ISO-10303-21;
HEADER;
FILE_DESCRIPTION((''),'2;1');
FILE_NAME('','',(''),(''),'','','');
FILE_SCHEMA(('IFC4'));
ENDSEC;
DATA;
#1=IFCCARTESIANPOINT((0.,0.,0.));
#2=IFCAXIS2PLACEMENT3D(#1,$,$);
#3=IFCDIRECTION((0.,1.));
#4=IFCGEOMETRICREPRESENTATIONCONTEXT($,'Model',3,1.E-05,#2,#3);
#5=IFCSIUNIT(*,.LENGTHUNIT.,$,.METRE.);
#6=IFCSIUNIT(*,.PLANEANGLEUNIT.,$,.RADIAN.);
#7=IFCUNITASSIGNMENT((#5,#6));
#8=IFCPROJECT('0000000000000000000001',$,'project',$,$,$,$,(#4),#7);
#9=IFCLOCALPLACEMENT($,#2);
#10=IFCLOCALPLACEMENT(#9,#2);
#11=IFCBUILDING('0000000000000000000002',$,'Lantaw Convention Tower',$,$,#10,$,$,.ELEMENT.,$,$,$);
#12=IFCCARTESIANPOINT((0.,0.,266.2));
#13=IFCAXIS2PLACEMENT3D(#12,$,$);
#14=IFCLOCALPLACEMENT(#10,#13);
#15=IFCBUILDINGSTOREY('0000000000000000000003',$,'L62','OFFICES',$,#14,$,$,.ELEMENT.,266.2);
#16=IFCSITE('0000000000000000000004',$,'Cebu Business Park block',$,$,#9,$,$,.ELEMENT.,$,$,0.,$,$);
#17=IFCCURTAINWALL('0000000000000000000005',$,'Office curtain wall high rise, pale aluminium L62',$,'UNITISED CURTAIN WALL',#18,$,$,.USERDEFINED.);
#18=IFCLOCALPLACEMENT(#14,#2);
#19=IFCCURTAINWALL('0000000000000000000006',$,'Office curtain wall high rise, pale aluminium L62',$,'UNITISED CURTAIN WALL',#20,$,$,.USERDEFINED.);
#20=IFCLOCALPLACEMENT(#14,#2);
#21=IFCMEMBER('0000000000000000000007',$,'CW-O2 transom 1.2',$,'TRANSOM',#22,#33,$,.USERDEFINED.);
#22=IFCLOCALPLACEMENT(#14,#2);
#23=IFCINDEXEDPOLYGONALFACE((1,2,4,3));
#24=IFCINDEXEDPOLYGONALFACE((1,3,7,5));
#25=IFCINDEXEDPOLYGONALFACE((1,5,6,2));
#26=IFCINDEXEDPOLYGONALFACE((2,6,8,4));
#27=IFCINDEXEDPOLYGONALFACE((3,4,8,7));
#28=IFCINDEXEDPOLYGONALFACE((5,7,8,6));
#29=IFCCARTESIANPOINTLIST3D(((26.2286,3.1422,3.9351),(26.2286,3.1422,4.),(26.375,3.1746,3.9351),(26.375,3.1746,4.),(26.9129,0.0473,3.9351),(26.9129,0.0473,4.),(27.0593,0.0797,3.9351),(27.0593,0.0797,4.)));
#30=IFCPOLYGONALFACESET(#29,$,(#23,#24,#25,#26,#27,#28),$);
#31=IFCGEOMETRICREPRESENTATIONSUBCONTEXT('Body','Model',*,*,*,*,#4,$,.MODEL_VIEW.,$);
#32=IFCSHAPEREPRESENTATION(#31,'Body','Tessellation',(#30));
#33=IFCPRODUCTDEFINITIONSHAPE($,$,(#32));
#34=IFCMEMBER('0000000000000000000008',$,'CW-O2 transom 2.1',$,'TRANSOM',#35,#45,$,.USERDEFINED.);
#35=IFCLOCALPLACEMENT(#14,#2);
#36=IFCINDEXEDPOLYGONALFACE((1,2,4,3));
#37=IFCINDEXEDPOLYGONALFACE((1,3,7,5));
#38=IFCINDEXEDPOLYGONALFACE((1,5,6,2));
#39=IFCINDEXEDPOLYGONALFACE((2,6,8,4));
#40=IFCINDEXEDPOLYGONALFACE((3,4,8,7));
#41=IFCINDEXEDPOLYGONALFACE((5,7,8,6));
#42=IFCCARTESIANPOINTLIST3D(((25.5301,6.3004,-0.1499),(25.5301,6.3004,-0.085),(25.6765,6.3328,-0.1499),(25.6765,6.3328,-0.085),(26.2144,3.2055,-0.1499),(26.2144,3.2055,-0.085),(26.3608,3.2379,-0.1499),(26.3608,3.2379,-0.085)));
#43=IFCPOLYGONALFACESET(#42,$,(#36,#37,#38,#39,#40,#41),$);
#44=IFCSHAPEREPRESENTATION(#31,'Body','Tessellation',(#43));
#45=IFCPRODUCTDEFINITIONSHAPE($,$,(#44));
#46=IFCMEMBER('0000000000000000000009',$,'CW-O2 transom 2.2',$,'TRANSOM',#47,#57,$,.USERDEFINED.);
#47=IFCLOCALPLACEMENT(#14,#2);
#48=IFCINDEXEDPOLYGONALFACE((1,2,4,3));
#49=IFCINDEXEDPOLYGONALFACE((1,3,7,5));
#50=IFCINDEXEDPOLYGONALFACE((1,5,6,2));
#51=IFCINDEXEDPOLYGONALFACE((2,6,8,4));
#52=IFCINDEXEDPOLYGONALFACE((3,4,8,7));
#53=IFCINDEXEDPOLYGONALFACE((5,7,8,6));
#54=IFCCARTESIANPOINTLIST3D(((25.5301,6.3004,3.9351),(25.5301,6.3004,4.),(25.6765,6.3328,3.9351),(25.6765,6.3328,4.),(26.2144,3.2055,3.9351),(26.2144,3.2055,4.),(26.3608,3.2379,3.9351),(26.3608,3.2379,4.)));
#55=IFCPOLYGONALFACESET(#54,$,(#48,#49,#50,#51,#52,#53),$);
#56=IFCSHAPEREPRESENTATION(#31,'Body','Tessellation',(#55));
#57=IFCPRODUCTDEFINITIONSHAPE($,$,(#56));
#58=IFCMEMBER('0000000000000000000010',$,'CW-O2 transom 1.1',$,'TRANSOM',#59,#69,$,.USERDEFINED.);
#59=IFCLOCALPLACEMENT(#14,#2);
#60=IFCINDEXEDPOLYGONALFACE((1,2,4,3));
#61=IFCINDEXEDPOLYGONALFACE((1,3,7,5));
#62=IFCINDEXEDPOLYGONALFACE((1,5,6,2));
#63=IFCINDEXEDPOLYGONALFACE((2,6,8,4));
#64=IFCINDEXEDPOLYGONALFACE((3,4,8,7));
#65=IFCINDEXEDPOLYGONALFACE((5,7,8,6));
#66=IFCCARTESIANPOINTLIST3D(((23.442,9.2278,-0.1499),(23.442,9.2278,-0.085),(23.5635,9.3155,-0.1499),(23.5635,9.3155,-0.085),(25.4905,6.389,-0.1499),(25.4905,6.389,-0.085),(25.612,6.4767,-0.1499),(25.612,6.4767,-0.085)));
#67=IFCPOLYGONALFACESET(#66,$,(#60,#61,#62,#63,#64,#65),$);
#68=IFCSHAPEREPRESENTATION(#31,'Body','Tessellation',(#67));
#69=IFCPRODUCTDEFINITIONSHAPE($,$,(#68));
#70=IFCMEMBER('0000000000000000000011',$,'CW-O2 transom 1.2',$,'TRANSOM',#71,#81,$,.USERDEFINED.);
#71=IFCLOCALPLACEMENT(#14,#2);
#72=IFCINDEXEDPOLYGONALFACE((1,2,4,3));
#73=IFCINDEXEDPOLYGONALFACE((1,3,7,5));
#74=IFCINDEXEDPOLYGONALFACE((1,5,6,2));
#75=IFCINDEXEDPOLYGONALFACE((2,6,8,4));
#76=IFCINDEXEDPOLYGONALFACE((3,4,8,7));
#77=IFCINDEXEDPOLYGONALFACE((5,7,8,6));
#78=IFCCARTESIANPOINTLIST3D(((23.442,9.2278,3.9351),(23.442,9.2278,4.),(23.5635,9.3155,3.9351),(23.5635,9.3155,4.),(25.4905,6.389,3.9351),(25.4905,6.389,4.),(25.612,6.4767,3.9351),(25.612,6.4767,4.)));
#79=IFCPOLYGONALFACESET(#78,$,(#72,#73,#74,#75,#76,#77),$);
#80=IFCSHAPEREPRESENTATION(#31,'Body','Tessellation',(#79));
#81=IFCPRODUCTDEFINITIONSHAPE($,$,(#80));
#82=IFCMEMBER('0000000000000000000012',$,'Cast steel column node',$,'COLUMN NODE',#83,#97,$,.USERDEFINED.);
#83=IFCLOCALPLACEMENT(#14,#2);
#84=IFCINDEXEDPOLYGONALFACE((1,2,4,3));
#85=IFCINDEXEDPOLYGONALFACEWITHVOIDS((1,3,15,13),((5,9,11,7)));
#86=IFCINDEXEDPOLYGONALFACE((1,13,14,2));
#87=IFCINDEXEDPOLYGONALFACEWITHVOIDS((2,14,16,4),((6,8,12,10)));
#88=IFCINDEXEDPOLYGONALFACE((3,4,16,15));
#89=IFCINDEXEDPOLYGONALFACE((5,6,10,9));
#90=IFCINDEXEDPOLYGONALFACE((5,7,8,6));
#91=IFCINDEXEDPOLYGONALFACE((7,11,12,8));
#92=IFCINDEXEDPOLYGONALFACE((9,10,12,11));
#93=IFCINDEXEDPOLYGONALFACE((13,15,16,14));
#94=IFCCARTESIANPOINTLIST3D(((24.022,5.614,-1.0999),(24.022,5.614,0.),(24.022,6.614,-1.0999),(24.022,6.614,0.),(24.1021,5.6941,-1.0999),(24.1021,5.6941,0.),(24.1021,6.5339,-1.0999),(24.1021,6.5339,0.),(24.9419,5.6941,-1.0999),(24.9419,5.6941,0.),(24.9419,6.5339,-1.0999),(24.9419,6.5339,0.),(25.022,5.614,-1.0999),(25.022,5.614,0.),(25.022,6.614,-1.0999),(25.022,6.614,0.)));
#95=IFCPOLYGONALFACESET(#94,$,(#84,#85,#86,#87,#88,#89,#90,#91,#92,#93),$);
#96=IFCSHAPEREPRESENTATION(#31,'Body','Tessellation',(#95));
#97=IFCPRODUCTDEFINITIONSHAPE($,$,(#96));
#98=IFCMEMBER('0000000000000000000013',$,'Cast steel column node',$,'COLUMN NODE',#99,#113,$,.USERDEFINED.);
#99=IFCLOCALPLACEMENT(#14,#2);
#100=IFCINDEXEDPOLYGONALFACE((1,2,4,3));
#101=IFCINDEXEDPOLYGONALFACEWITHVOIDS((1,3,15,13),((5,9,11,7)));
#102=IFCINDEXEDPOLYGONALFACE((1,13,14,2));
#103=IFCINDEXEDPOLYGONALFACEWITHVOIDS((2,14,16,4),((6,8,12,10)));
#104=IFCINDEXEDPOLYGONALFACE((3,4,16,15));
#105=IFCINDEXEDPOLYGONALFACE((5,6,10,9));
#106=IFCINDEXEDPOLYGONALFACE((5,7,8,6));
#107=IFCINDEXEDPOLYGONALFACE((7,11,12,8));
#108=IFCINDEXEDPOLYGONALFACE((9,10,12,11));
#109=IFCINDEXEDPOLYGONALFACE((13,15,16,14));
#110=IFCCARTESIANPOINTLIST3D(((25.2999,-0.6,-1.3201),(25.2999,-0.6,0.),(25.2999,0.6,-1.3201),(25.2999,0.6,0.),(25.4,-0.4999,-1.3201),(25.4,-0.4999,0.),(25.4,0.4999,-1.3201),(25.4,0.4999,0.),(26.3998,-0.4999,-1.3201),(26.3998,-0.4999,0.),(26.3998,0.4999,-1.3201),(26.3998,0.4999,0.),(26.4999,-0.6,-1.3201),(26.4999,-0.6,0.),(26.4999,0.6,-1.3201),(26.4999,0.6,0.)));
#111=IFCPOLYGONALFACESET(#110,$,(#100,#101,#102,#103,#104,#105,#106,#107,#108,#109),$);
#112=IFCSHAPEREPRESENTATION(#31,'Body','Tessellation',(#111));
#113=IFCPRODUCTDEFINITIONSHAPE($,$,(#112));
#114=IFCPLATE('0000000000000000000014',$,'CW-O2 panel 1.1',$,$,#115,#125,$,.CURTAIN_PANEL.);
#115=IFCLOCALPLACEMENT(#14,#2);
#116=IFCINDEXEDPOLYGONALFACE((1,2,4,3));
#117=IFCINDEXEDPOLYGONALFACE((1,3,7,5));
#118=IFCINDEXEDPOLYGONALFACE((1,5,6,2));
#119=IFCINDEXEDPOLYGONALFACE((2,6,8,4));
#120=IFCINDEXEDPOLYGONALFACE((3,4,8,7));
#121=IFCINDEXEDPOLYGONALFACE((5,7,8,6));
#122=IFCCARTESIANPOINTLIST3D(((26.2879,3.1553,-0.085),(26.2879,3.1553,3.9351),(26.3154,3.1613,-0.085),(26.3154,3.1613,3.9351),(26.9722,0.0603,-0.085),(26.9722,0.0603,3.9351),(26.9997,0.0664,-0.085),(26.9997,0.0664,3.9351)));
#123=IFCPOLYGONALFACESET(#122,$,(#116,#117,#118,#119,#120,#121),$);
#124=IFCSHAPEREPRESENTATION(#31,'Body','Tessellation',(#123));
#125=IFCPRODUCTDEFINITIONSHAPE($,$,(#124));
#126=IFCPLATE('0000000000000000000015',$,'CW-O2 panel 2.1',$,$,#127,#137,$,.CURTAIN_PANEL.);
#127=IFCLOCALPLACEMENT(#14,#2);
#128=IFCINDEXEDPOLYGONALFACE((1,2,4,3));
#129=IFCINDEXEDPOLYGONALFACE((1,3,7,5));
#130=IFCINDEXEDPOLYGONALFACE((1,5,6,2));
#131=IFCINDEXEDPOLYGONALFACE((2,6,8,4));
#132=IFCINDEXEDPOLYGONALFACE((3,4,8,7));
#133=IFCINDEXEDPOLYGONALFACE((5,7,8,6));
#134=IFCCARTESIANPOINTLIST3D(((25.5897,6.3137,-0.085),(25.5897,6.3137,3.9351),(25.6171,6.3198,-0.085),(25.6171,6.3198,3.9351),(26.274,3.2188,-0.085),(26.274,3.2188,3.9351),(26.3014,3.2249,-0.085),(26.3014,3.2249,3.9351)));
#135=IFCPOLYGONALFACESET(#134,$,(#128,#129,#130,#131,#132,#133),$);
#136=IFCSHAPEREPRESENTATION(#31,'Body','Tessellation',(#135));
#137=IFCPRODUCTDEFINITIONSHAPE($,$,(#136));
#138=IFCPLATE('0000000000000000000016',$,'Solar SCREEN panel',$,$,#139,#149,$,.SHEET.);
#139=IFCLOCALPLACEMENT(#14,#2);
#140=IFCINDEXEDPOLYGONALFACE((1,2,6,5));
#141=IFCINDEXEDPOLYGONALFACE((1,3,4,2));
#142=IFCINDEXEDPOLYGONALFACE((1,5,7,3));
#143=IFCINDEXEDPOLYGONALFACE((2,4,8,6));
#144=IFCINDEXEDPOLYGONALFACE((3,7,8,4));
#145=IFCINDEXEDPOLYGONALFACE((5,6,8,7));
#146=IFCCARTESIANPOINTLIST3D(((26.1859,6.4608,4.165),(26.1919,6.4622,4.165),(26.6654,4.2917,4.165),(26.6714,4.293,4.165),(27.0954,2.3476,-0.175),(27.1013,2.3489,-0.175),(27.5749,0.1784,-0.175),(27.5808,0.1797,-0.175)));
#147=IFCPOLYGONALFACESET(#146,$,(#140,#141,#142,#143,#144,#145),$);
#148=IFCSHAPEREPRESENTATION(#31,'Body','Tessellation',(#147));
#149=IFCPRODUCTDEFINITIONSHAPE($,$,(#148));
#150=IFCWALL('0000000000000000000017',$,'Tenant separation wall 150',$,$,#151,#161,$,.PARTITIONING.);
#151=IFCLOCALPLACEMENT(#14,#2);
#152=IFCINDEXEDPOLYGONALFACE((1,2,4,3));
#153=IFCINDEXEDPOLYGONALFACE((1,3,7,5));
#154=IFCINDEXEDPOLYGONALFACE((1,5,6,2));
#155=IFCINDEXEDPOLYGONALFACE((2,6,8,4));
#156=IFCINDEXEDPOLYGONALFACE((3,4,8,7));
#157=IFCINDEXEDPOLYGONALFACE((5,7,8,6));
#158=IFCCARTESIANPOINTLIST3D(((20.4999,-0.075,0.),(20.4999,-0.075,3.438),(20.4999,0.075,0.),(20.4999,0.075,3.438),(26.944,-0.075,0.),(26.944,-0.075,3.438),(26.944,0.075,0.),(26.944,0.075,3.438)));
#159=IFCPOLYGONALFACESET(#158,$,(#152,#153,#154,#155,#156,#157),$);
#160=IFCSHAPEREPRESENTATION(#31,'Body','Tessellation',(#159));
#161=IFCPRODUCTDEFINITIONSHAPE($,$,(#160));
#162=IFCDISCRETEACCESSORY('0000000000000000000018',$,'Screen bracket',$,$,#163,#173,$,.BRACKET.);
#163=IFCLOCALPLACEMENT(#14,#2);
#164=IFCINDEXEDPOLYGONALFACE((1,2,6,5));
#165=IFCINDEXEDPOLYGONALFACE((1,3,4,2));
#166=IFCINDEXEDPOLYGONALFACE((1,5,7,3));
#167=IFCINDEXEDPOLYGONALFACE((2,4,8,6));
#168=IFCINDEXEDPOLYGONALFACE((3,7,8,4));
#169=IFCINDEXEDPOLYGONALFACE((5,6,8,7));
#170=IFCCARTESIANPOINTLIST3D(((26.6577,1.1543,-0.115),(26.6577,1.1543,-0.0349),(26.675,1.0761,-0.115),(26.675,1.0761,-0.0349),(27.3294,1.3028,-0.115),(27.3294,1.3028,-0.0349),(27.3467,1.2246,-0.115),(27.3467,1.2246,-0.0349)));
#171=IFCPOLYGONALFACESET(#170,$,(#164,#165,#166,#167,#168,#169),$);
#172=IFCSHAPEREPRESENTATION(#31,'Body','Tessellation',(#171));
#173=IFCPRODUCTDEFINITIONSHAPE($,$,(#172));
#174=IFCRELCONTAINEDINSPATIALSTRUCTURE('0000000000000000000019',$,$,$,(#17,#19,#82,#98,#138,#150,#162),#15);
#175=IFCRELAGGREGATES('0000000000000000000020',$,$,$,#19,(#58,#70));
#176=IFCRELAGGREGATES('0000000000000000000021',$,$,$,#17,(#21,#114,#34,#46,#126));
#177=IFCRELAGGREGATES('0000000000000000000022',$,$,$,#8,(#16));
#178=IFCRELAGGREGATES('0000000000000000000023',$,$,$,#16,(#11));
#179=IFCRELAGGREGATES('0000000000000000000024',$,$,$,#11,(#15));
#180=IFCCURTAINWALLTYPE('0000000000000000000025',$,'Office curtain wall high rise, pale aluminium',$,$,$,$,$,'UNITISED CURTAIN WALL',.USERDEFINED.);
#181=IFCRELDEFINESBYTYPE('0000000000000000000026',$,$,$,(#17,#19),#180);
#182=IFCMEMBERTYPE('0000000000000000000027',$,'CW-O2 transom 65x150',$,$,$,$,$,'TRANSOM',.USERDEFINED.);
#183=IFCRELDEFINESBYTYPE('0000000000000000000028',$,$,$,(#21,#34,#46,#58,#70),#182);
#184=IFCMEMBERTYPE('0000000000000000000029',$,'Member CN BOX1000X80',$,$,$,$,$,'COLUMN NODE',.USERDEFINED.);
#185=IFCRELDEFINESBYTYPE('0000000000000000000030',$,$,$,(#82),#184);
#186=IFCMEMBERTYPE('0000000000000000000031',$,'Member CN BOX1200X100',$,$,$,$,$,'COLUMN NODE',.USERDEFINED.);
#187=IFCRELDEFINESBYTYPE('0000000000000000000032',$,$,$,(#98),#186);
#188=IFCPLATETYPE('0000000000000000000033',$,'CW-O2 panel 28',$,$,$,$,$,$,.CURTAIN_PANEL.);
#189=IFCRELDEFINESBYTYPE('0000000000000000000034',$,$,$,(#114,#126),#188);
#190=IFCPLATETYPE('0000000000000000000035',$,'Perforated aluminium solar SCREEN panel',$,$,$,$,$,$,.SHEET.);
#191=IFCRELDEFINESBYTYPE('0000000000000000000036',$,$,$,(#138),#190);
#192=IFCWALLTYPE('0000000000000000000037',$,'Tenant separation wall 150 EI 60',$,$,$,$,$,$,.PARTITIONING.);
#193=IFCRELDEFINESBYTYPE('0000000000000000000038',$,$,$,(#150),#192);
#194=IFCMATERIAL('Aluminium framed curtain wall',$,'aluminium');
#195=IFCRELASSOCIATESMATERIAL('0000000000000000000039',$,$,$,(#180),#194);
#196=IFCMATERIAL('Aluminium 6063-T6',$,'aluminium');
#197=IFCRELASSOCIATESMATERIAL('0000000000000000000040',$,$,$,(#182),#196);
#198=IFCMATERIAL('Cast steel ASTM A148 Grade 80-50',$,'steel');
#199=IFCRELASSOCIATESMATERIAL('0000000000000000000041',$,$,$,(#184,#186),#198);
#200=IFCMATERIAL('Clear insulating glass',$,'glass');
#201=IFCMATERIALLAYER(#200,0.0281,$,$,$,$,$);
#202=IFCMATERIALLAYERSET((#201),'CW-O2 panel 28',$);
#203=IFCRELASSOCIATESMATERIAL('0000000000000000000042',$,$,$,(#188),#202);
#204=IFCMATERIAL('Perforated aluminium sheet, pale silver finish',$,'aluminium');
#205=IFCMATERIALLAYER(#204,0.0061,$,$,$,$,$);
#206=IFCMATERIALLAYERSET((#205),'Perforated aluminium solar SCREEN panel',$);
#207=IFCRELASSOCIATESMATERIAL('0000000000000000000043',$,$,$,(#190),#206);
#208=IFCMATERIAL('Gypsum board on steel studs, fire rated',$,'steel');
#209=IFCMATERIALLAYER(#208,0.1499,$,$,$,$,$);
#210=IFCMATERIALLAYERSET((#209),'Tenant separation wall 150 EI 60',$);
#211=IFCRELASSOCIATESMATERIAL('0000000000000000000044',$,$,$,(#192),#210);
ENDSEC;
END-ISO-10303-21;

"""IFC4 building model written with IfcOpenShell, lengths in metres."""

from ifc_helpers import new_model, si_unit, direction, frame, frame_2d, origin, origin_2d, place, context, subcontext, project, spatial, polyline, rectangle, hollow_rectangle, outline, extrude, material, layer, layer_set, material_profile, profile_set, type_object, element, aggregate, save


model = new_model("IFC4")

# Units and contexts
model_context = context("Model", 3, precision=1e-05, world=origin(), true_north=direction((0.0, 1.0)))
body_context = subcontext(model_context, "Body", "Model", "MODEL_VIEW")
ifc_project = project(units=[si_unit("LENGTHUNIT", "METRE"), si_unit("PLANEANGLEUNIT", "RADIAN")], contexts=[model_context])

# Site, building, storey
site_placement = place(None, origin())
site = spatial("IfcSite", under=ifc_project, at=site_placement, Name="Cebu Business Park block", CompositionType="ELEMENT", RefElevation=0.0)
building_placement = place(site_placement, origin())
building = spatial("IfcBuilding", under=site, at=building_placement, Name="Lantaw Convention Tower", CompositionType="ELEMENT")
storey_placement = place(building_placement, frame((0.0, 0.0, 266.2)))
storey = spatial("IfcBuildingStorey", under=building, at=storey_placement, Name="L62", Description="OFFICES", CompositionType="ELEMENT", Elevation=266.2)

# Curtain wall
ifc_material_1 = material(Name="Aluminium framed curtain wall", Category="aluminium")
curtain_wall_type = type_object("IfcCurtainWallType", Name="Office curtain wall high rise, pale aluminium", ElementType="UNITISED CURTAIN WALL", PredefinedType="USERDEFINED", material=ifc_material_1)
curtain_wall_1_placement = place(storey_placement, origin())
curtain_wall_1 = element("IfcCurtainWall", 1, at=curtain_wall_1_placement, inside=storey, type_object=curtain_wall_type, Name="Office curtain wall high rise, pale aluminium L62", ObjectType="UNITISED CURTAIN WALL", PredefinedType="USERDEFINED")
ifc_material_2 = material(Name="Aluminium 6063-T6", Category="aluminium")

# Curtain wall
curtain_wall_2_placement = place(storey_placement, origin())
curtain_wall_2 = element("IfcCurtainWall", 2, at=curtain_wall_2_placement, inside=storey, type_object=curtain_wall_type, Name="Office curtain wall high rise, pale aluminium L62", ObjectType="UNITISED CURTAIN WALL", PredefinedType="USERDEFINED")

# Members
ifc_material_profile_1 = material_profile(ifc_material_2, rectangle(XDim=0.1499, YDim=0.0649, at=origin_2d()), Name="CW-O2 transom 65x150")
ifc_profile_set_1 = profile_set([ifc_material_profile_1], Name="Aluminium 6063-T6")
member_type_1 = type_object("IfcMemberType", Name="CW-O2 transom 65x150", ElementType="TRANSOM", PredefinedType="USERDEFINED", material=ifc_profile_set_1)
member_1_placement = place(storey_placement, frame((26.9861, 0.0635, 3.9675), z_axis=(-0.215895, 0.976417, 0.0), x_axis=(-0.976417, -0.215895, 0.0)))
member_1 = element("IfcMember", 3, at=member_1_placement, type_object=member_type_1, Name="CW-O2 transom 1.2", ObjectType="TRANSOM", PredefinedType="USERDEFINED", context=body_context, shape_type="SweptSolid", body=[
    extrude(rectangle(XDim=0.1499, YDim=0.0649, at=origin_2d()), origin(), (0.0, 0.0, 1.0), 3.1697),
])
member_2_placement = place(storey_placement, frame((26.2876, 3.2217, -0.1174), z_axis=(-0.215895, 0.976417, 0.0), x_axis=(-0.976417, -0.215895, 0.0)))
member_2 = element("IfcMember", 4, at=member_2_placement, type_object=member_type_1, Name="CW-O2 transom 2.1", ObjectType="TRANSOM", PredefinedType="USERDEFINED", context=body_context, shape_type="SweptSolid", body=[
    extrude(rectangle(XDim=0.1499, YDim=0.0649, at=origin_2d()), origin(), (0.0, 0.0, 1.0), 3.1697),
])
member_3_placement = place(storey_placement, frame((26.2876, 3.2217, 3.9675), z_axis=(-0.215895, 0.976417, 0.0), x_axis=(-0.976417, -0.215895, 0.0)))
member_3 = element("IfcMember", 5, at=member_3_placement, type_object=member_type_1, Name="CW-O2 transom 2.2", ObjectType="TRANSOM", PredefinedType="USERDEFINED", context=body_context, shape_type="SweptSolid", body=[
    extrude(rectangle(XDim=0.1499, YDim=0.0649, at=origin_2d()), origin(), (0.0, 0.0, 1.0), 3.1697),
])
member_4_placement = place(storey_placement, frame((25.5513, 6.4329, -0.1174), z_axis=(-0.58517, 0.810911, 0.0), x_axis=(-0.810911, -0.58517, 0.0)))
member_4 = element("IfcMember", 6, at=member_4_placement, type_object=member_type_1, Name="CW-O2 transom 1.1", ObjectType="TRANSOM", PredefinedType="USERDEFINED", context=body_context, shape_type="SweptSolid", body=[
    extrude(rectangle(XDim=0.1499, YDim=0.0649, at=origin_2d()), origin(), (0.0, 0.0, 1.0), 3.5007),
])
member_5_placement = place(storey_placement, frame((25.5513, 6.4329, 3.9675), z_axis=(-0.58517, 0.810911, 0.0), x_axis=(-0.810911, -0.58517, 0.0)))
member_5 = element("IfcMember", 7, at=member_5_placement, type_object=member_type_1, Name="CW-O2 transom 1.2", ObjectType="TRANSOM", PredefinedType="USERDEFINED", context=body_context, shape_type="SweptSolid", body=[
    extrude(rectangle(XDim=0.1499, YDim=0.0649, at=origin_2d()), origin(), (0.0, 0.0, 1.0), 3.5007),
])
aggregate(curtain_wall_2, [member_4, member_5])

# Members
ifc_material_3 = material(Name="Cast steel ASTM A148 Grade 80-50", Category="steel")
ifc_material_profile_2 = material_profile(ifc_material_3, hollow_rectangle(XDim=1.0, YDim=1.0, WallThickness=0.0801, at=origin_2d()), Name="BOX1000X80")
ifc_profile_set_2 = profile_set([ifc_material_profile_2], Name="Cast steel ASTM A148 Grade 80-50")
member_type_2 = type_object("IfcMemberType", Name="Member CN BOX1000X80", ElementType="COLUMN NODE", PredefinedType="USERDEFINED", material=ifc_profile_set_2)
member_6_placement = place(storey_placement, frame((24.522, 6.114, -1.0999), z_axis=(0.0, 0.0, 1.0), x_axis=(1.0, 0.0, 0.0)))
element("IfcMember", 8, at=member_6_placement, inside=storey, type_object=member_type_2, Name="Cast steel column node", ObjectType="COLUMN NODE", PredefinedType="USERDEFINED", context=body_context, shape_type="SweptSolid", body=[
    extrude(hollow_rectangle(XDim=1.0, YDim=1.0, WallThickness=0.0801, at=origin_2d()), origin(), (0.0, 0.0, 1.0), 1.0999),
])
ifc_material_profile_3 = material_profile(ifc_material_3, hollow_rectangle(XDim=1.2, YDim=1.2, WallThickness=0.1001, at=origin_2d()), Name="BOX1200X100")
ifc_profile_set_3 = profile_set([ifc_material_profile_3], Name="Cast steel ASTM A148 Grade 80-50")
member_type_3 = type_object("IfcMemberType", Name="Member CN BOX1200X100", ElementType="COLUMN NODE", PredefinedType="USERDEFINED", material=ifc_profile_set_3)
member_7_placement = place(storey_placement, frame((25.8999, 0.0, -1.3201), z_axis=(0.0, 0.0, 1.0), x_axis=(1.0, 0.0, 0.0)))
element("IfcMember", 9, at=member_7_placement, inside=storey, type_object=member_type_3, Name="Cast steel column node", ObjectType="COLUMN NODE", PredefinedType="USERDEFINED", context=body_context, shape_type="SweptSolid", body=[
    extrude(hollow_rectangle(XDim=1.2, YDim=1.2, WallThickness=0.1001, at=origin_2d()), origin(), (0.0, 0.0, 1.0), 1.3201),
])

# Plates
ifc_material_4 = material(Name="Clear insulating glass", Category="glass")
ifc_layer_1 = layer(ifc_material_4, 0.0281)
ifc_layer_set_1 = layer_set([ifc_layer_1], Name="CW-O2 panel 28")
plate_type_1 = type_object("IfcPlateType", Name="CW-O2 panel 28", PredefinedType="CURTAIN_PANEL", material=ifc_layer_set_1)
plate_1_placement = place(storey_placement, frame((26.6438, 1.6108, -0.085), z_axis=(0.0, 0.0, 1.0), x_axis=(-0.215891, 0.976417, 0.0)))
plate_1 = element("IfcPlate", 10, at=plate_1_placement, type_object=plate_type_1, Name="CW-O2 panel 1.1", PredefinedType="CURTAIN_PANEL", context=body_context, shape_type="SweptSolid", body=[
    extrude(rectangle(XDim=3.1697, YDim=0.0281, at=origin_2d()), origin(), (0.0, 0.0, 1.0), 4.02),
])
plate_2_placement = place(storey_placement, frame((25.9456, 4.7693, -0.085), z_axis=(0.0, 0.0, 1.0), x_axis=(-0.215891, 0.976417, 0.0)))
plate_2 = element("IfcPlate", 11, at=plate_2_placement, type_object=plate_type_1, Name="CW-O2 panel 2.1", PredefinedType="CURTAIN_PANEL", context=body_context, shape_type="SweptSolid", body=[
    extrude(rectangle(XDim=3.1697, YDim=0.0281, at=origin_2d()), origin(), (0.0, 0.0, 1.0), 4.02),
])
aggregate(curtain_wall_1, [member_1, plate_1, member_2, member_3, plate_2])
ifc_material_5 = material(Name="Perforated aluminium sheet, pale silver finish", Category="aluminium")
ifc_layer_2 = layer(ifc_material_5, 0.0061)
ifc_layer_set_2 = layer_set([ifc_layer_2], Name="Perforated aluminium solar SCREEN panel")
plate_type_2 = type_object("IfcPlateType", Name="Perforated aluminium solar SCREEN panel", PredefinedType="SHEET", material=ifc_layer_set_2)
plate_3_placement = place(storey_placement, frame((27.5808, 0.1797, -0.175), z_axis=(0.97643, 0.215837, 0.000044), x_axis=(-0.215837, 0.97643, 0.0)))
element("IfcPlate", 12, at=plate_3_placement, inside=storey, type_object=plate_type_2, Name="Solar SCREEN panel", PredefinedType="SHEET", context=body_context, shape_type="SweptSolid", body=[
    extrude(outline(polyline([(0.0, 0.0), (2.2216, 0.0), (6.4342, 4.3401), (4.2126, 4.3401), (0.0, 0.0)])), origin(), (0.0, 0.0, -1.0), 0.0061),
])

# Wall
ifc_material_6 = material(Name="Gypsum board on steel studs, fire rated", Category="steel")
ifc_layer_3 = layer(ifc_material_6, 0.1499)
ifc_layer_set_3 = layer_set([ifc_layer_3], Name="Tenant separation wall 150 EI 60")
wall_type = type_object("IfcWallType", Name="Tenant separation wall 150 EI 60", PredefinedType="PARTITIONING", material=ifc_layer_set_3)
wall_placement = place(storey_placement, frame((26.9441, 0.0, 0.0), z_axis=(0.0, 0.0, 1.0), x_axis=(-1.0, 0.0, 0.0)))
element("IfcWall", 13, at=wall_placement, inside=storey, type_object=wall_type, Name="Tenant separation wall 150", PredefinedType="PARTITIONING", context=body_context, shape_type="SweptSolid", body=[
    extrude(rectangle(XDim=6.4441, YDim=0.1499, at=frame_2d((3.2222, 0.0))), origin(), (0.0, 0.0, 1.0), 3.438),
])

# Discrete accessory
discrete_accessory_placement = place(storey_placement, frame((27.0022, 1.1895, -0.115), z_axis=(0.0, 0.0, 1.0), x_axis=(-0.215891, 0.976417, 0.0)))
element("IfcDiscreteAccessory", 14, at=discrete_accessory_placement, inside=storey, Name="Screen bracket", PredefinedType="BRACKET", context=body_context, shape_type="SweptSolid", body=[
    extrude(rectangle(XDim=0.0801, YDim=0.688, at=origin_2d()), origin(), (0.0, 0.0, 1.0), 0.0801),
])

save(model, "model.ifc")
